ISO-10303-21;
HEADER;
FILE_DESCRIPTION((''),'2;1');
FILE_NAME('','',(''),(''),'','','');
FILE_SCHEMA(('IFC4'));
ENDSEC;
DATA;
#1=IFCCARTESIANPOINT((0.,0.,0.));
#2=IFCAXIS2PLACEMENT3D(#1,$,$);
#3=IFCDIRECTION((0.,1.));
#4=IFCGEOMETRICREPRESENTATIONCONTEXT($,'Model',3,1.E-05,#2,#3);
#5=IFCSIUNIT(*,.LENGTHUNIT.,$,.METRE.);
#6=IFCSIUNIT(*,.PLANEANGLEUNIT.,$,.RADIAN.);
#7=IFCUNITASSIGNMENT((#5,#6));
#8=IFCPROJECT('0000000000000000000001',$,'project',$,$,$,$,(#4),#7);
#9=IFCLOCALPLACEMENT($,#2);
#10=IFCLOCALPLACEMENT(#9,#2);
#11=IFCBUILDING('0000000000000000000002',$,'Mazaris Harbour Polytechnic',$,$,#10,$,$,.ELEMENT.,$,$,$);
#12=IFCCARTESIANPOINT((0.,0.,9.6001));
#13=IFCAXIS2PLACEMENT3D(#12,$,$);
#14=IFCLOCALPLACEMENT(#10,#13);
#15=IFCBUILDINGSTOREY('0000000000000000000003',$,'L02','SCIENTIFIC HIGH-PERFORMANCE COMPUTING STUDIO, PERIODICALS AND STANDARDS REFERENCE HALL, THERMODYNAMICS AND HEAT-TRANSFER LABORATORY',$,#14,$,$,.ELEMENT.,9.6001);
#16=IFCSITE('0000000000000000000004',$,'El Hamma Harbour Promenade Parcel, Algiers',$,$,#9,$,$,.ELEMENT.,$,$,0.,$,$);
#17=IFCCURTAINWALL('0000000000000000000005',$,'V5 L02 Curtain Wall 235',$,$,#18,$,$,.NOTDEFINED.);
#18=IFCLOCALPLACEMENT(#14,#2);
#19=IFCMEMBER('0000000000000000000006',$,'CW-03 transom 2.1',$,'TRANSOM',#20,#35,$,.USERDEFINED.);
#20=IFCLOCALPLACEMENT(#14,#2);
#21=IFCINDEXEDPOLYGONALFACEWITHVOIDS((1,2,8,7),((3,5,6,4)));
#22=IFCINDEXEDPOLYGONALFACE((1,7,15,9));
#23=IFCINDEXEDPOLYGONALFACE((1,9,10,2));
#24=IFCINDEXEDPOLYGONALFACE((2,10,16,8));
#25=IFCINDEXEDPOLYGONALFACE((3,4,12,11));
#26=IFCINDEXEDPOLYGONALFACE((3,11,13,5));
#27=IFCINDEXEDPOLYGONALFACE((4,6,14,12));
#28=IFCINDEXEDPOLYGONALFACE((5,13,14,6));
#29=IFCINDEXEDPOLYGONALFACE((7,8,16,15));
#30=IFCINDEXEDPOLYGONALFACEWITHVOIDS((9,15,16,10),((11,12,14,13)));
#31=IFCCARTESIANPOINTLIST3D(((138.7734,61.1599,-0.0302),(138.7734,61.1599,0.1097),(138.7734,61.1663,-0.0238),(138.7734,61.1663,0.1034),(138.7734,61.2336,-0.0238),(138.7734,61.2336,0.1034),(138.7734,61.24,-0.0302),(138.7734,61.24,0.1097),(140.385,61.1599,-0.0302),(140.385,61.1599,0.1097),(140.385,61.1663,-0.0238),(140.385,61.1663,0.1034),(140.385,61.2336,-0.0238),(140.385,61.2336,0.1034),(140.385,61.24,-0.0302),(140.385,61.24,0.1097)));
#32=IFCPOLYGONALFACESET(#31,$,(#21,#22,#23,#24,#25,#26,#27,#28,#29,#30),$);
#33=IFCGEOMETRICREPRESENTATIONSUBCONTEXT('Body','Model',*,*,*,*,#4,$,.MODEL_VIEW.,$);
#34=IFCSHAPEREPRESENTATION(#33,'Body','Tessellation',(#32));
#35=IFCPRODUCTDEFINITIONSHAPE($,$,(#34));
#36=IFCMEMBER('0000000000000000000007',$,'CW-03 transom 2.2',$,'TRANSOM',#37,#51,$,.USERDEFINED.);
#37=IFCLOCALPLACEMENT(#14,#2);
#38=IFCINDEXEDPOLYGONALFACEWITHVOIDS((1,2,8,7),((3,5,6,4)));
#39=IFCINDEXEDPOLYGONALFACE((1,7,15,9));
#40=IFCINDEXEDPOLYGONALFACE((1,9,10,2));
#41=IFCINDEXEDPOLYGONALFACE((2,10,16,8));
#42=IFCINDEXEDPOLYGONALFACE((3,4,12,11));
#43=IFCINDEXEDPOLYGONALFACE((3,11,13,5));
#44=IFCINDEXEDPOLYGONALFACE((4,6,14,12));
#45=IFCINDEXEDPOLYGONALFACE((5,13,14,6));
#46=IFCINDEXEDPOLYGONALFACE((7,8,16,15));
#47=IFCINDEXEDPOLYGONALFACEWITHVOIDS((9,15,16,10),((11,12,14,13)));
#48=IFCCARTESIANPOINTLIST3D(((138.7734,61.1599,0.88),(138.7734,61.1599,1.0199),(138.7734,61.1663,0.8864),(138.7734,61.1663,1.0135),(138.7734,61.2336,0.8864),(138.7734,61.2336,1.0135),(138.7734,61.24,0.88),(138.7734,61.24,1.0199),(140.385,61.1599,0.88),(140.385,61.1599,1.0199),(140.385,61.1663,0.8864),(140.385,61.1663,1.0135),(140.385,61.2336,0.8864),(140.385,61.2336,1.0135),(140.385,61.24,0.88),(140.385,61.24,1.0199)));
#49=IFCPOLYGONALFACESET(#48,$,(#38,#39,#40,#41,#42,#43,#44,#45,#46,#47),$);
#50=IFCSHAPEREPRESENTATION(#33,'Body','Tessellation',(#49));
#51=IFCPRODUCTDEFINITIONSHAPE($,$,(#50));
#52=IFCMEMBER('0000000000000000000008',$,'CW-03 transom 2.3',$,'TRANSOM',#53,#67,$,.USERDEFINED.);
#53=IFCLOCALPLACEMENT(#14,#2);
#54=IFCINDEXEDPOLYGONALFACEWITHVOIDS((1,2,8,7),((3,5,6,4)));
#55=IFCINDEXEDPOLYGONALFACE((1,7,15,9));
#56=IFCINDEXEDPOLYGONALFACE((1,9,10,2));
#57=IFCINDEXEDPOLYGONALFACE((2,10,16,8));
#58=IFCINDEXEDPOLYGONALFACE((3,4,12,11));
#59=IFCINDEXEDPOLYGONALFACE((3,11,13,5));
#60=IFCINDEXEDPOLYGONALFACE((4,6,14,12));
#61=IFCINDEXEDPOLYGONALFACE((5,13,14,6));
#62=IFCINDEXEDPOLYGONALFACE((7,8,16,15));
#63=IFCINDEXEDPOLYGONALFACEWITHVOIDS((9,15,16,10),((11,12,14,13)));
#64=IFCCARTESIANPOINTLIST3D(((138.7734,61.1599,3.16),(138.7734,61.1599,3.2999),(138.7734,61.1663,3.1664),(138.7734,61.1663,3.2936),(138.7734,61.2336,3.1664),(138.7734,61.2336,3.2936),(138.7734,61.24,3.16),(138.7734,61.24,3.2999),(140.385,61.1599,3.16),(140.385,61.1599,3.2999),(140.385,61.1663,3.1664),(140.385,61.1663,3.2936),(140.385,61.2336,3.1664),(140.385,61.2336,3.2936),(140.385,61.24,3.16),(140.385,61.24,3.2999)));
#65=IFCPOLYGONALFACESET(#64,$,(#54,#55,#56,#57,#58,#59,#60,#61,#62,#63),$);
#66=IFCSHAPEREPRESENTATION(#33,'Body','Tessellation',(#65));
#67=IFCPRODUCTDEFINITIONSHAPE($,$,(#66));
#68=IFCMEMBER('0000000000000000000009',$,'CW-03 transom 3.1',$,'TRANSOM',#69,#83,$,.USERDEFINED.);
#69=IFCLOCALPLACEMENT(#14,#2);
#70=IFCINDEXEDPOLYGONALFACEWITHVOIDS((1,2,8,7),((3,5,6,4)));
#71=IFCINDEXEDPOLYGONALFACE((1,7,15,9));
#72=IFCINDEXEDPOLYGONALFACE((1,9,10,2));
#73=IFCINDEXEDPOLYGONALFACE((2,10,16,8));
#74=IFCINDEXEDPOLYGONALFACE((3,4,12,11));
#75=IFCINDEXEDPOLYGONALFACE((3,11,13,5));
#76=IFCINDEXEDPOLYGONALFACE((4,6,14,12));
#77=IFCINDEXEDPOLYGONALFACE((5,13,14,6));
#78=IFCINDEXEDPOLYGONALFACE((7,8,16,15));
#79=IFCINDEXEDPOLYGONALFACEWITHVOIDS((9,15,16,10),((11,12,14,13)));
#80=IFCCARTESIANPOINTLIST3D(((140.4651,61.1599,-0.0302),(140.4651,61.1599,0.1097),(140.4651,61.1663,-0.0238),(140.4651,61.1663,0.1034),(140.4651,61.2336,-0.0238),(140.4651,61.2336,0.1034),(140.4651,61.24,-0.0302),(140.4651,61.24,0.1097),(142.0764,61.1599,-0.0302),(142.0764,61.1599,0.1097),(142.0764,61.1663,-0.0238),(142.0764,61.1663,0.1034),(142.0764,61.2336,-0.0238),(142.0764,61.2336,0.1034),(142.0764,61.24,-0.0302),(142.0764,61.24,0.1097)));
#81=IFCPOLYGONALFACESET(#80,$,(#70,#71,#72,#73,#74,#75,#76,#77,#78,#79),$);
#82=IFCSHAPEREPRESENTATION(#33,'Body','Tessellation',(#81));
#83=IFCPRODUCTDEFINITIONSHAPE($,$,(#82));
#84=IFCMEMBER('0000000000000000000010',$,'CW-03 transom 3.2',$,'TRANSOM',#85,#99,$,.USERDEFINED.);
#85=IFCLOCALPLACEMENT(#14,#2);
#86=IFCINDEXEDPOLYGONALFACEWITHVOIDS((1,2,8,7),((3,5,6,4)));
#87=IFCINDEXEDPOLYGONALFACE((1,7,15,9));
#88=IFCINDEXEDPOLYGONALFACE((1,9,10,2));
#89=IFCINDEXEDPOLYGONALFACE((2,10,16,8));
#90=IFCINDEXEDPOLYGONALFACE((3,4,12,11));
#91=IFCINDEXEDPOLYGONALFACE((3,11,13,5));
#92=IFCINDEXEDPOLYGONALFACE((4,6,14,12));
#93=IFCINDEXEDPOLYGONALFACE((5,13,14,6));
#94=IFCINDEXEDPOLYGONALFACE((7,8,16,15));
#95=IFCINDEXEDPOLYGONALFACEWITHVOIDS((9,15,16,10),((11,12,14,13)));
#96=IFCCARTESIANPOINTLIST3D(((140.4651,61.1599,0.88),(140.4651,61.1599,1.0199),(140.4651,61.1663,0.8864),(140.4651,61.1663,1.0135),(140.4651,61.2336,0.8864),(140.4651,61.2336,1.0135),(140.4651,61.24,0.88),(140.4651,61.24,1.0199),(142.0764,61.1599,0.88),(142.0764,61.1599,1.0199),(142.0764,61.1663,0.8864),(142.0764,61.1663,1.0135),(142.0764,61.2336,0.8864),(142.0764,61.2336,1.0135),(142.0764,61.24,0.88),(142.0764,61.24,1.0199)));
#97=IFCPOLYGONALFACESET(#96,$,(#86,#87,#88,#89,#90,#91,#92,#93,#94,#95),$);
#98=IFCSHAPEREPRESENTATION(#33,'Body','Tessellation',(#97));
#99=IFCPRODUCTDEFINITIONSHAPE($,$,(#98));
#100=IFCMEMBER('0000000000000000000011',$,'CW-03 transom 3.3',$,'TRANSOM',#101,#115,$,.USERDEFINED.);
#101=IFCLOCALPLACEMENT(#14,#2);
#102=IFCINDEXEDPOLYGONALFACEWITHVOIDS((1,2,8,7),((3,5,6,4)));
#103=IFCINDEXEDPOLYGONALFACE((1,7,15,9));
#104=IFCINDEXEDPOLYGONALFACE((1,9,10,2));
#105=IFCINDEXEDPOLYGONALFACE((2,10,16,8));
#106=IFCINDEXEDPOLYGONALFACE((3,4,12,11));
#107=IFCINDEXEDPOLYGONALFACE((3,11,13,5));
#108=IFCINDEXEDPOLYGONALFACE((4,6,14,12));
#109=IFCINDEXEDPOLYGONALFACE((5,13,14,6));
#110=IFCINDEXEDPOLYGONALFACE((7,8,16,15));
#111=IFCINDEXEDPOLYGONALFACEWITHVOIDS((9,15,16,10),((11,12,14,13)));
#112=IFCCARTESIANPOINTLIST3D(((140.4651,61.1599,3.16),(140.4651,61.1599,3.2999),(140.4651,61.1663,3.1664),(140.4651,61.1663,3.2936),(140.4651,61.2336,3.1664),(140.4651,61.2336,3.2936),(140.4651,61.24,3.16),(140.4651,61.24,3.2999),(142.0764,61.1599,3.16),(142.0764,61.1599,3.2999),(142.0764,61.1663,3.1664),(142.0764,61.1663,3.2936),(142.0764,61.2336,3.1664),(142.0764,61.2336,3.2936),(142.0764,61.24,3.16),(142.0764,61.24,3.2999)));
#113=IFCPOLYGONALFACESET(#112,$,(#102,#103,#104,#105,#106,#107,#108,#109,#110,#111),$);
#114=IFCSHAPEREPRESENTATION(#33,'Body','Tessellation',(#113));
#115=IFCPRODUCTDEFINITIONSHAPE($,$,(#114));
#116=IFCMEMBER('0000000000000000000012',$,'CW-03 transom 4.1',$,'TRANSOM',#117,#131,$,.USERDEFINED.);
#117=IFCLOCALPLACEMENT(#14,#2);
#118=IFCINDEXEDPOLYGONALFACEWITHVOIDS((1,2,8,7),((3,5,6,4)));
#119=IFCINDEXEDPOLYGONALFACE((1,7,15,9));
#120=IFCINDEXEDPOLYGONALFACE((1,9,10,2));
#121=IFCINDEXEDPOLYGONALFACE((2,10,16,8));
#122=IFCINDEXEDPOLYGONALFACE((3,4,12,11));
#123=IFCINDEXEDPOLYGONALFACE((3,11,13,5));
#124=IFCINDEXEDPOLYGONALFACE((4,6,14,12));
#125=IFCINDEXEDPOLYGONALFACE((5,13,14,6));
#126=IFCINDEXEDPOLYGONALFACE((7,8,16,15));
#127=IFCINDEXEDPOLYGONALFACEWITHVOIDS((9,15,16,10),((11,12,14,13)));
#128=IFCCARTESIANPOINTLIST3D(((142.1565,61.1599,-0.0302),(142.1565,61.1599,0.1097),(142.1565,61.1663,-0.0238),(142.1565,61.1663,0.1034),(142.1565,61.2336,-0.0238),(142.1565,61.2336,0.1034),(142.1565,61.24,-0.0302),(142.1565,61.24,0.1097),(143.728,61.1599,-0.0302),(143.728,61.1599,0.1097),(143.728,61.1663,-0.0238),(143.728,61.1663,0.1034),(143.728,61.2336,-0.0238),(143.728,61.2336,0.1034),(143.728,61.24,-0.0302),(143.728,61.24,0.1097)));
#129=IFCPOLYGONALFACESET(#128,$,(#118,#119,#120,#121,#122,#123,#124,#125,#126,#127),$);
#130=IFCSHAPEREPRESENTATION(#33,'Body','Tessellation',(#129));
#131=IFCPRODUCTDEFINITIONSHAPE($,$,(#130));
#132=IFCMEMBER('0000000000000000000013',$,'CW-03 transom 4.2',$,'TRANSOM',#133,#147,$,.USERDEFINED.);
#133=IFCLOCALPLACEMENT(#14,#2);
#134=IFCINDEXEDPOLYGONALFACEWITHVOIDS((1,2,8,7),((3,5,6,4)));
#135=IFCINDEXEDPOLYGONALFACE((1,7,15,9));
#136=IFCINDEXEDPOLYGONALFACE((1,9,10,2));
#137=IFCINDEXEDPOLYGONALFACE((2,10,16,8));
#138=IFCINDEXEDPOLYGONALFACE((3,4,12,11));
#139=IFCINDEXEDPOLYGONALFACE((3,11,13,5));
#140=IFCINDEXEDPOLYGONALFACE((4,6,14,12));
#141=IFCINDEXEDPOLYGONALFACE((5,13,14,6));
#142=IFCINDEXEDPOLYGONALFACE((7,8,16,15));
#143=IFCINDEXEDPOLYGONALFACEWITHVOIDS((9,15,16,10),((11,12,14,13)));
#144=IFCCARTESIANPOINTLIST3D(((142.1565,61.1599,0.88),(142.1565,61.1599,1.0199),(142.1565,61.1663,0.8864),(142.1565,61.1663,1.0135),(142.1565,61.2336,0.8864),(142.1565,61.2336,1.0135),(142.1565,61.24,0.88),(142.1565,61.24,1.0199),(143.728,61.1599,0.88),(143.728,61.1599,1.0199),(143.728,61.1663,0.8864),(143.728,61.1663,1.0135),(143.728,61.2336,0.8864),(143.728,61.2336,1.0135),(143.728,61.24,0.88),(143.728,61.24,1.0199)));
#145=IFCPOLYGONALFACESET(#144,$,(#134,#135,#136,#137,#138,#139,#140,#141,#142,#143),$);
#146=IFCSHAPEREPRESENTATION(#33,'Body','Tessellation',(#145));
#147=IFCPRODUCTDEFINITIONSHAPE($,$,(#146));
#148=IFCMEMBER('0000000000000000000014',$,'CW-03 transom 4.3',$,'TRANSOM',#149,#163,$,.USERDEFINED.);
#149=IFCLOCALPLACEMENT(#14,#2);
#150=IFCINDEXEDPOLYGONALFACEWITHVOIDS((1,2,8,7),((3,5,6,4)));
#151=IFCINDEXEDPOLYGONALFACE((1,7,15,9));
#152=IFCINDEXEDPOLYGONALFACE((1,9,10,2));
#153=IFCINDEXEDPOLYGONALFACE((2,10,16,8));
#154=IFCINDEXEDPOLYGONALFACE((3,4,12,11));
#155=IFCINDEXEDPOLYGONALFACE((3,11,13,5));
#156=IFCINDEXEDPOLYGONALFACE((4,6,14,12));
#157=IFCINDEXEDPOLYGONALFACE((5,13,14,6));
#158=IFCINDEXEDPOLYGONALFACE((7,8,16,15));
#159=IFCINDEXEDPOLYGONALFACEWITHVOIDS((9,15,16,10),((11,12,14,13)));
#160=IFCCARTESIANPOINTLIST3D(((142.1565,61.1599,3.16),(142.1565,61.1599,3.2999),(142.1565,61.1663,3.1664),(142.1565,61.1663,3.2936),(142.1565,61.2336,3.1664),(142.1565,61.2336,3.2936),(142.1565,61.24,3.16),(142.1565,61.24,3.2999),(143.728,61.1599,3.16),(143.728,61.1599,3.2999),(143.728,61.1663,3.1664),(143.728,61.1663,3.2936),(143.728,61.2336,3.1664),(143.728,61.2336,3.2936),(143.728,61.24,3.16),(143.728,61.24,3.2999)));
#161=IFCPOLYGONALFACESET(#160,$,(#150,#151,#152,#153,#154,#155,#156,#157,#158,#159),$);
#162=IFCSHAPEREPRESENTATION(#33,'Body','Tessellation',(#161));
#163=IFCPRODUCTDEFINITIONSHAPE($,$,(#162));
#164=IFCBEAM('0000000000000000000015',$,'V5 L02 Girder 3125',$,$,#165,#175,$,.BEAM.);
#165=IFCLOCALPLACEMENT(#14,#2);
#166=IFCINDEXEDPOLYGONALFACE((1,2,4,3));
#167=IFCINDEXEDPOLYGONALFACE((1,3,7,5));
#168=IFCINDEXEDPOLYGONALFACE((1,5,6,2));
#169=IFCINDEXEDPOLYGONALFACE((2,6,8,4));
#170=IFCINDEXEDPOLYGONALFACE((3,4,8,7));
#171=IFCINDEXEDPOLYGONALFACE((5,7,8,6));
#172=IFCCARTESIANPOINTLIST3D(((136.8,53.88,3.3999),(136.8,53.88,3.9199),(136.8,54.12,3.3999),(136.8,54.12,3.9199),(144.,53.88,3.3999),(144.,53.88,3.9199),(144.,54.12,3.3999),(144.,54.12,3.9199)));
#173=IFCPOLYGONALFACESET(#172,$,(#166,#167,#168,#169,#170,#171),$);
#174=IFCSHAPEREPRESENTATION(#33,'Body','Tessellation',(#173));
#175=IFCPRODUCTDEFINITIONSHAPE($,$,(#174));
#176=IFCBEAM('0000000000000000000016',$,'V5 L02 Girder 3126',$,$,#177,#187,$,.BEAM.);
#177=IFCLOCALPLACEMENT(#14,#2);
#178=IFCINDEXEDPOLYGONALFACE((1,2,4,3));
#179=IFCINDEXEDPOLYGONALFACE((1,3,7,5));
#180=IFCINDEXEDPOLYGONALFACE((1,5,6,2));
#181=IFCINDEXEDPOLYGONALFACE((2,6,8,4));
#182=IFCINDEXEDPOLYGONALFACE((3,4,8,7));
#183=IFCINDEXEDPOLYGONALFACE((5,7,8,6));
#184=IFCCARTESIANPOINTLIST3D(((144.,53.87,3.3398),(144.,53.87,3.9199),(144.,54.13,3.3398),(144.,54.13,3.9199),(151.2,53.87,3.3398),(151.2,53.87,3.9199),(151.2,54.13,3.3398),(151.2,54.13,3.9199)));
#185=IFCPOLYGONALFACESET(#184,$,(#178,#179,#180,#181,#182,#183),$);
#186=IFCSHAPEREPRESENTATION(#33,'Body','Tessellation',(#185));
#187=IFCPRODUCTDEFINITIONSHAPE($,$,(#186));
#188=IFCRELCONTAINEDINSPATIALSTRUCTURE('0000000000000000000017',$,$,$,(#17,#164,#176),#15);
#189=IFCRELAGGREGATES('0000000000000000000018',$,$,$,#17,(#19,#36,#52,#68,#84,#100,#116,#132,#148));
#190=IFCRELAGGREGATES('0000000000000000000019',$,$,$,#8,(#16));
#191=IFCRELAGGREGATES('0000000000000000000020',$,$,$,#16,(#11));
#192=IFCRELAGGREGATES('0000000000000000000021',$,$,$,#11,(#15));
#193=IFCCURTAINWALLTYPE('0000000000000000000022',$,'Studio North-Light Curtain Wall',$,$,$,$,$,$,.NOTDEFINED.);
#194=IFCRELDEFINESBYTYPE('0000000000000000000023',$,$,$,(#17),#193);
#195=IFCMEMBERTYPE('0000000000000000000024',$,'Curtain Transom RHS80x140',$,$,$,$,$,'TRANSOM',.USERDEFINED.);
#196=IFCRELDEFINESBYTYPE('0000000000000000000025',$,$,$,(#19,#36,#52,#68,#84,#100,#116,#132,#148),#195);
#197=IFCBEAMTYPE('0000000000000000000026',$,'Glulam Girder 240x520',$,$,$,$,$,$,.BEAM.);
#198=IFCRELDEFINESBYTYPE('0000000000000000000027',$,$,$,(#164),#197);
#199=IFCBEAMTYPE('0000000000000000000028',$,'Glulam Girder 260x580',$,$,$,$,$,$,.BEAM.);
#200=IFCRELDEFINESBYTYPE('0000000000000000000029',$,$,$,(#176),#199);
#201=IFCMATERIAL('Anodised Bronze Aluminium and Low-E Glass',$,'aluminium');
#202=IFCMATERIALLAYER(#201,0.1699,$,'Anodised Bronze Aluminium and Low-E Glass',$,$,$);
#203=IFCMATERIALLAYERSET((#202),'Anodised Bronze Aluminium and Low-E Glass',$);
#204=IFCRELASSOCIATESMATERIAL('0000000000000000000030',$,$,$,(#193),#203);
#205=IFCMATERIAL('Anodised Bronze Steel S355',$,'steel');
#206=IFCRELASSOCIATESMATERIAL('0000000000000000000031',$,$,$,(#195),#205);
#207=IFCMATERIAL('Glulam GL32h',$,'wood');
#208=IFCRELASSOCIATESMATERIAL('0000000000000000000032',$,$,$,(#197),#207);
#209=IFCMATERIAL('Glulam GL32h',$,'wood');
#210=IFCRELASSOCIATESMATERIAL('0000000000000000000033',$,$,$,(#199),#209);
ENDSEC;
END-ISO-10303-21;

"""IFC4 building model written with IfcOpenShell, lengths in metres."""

from ifc_helpers import new_model, si_unit, direction, frame, origin, origin_2d, place, context, subcontext, project, spatial, rectangle, hollow_rectangle, extrude, material, layer, layer_set, material_profile, profile_set, type_object, element, aggregate, save


model = new_model("IFC4")

# Units and contexts
model_context = context("Model", 3, precision=1e-05, world=origin(), true_north=direction((0.0, 1.0)))
body_context = subcontext(model_context, "Body", "Model", "MODEL_VIEW")
ifc_project = project(units=[si_unit("LENGTHUNIT", "METRE"), si_unit("PLANEANGLEUNIT", "RADIAN")], contexts=[model_context])

# Site, building, storey
site_placement = place(None, origin())
site = spatial("IfcSite", under=ifc_project, at=site_placement, Name="El Hamma Harbour Promenade Parcel, Algiers", CompositionType="ELEMENT", RefElevation=0.0)
building_placement = place(site_placement, origin())
building = spatial("IfcBuilding", under=site, at=building_placement, Name="Mazaris Harbour Polytechnic", CompositionType="ELEMENT")
storey_placement = place(building_placement, frame((0.0, 0.0, 9.6001)))
storey = spatial("IfcBuildingStorey", under=building, at=storey_placement, Name="L02", Description="SCIENTIFIC HIGH-PERFORMANCE COMPUTING STUDIO, PERIODICALS AND STANDARDS REFERENCE HALL, THERMODYNAMICS AND HEAT-TRANSFER LABORATORY", CompositionType="ELEMENT", Elevation=9.6001)

# Curtain wall, members
ifc_material_1 = material(Name="Anodised Bronze Aluminium and Low-E Glass", Category="aluminium")
ifc_layer_1 = layer(ifc_material_1, 0.1699, Name="Anodised Bronze Aluminium and Low-E Glass")
ifc_layer_set_1 = layer_set([ifc_layer_1], Name="Anodised Bronze Aluminium and Low-E Glass")
curtain_wall_type = type_object("IfcCurtainWallType", Name="Studio North-Light Curtain Wall", PredefinedType="NOTDEFINED", material=ifc_layer_set_1)
curtain_wall_placement = place(storey_placement, origin())
curtain_wall = element("IfcCurtainWall", 1, at=curtain_wall_placement, inside=storey, type_object=curtain_wall_type, Name="V5 L02 Curtain Wall 235", PredefinedType="NOTDEFINED")
ifc_material_2 = material(Name="Anodised Bronze Steel S355", Category="steel")
ifc_material_profile_1 = material_profile(ifc_material_2, hollow_rectangle(XDim=0.0801, YDim=0.1399, WallThickness=0.0063, at=origin_2d()), Name="RHS 80x140x6.3")
ifc_profile_set_1 = profile_set([ifc_material_profile_1], Name="Anodised Bronze Steel S355")
member_type_1 = type_object("IfcMemberType", Name="Curtain Transom RHS80x140", ElementType="TRANSOM", PredefinedType="USERDEFINED", material=ifc_profile_set_1)
member_1_placement = place(storey_placement, frame((138.7734, 61.2, 0.0398), z_axis=(1.0, 0.0, 0.0), x_axis=(0.0, 1.0, 0.0)))
member_1 = element("IfcMember", 2, at=member_1_placement, type_object=member_type_1, Name="CW-03 transom 2.1", ObjectType="TRANSOM", PredefinedType="USERDEFINED", context=body_context, shape_type="SweptSolid", body=[
    extrude(hollow_rectangle(XDim=0.0801, YDim=0.1399, WallThickness=0.0063, at=origin_2d()), origin(), (0.0, 0.0, 1.0), 1.6116),
])
member_2_placement = place(storey_placement, frame((138.7734, 61.2, 0.95), z_axis=(1.0, 0.0, 0.0), x_axis=(0.0, 1.0, 0.0)))
member_2 = element("IfcMember", 3, at=member_2_placement, type_object=member_type_1, Name="CW-03 transom 2.2", ObjectType="TRANSOM", PredefinedType="USERDEFINED", context=body_context, shape_type="SweptSolid", body=[
    extrude(hollow_rectangle(XDim=0.0801, YDim=0.1399, WallThickness=0.0063, at=origin_2d()), origin(), (0.0, 0.0, 1.0), 1.6116),
])
member_3_placement = place(storey_placement, frame((138.7734, 61.2, 3.23), z_axis=(1.0, 0.0, 0.0), x_axis=(0.0, 1.0, 0.0)))
member_3 = element("IfcMember", 4, at=member_3_placement, type_object=member_type_1, Name="CW-03 transom 2.3", ObjectType="TRANSOM", PredefinedType="USERDEFINED", context=body_context, shape_type="SweptSolid", body=[
    extrude(hollow_rectangle(XDim=0.0801, YDim=0.1399, WallThickness=0.0063, at=origin_2d()), origin(), (0.0, 0.0, 1.0), 1.6116),
])
member_4_placement = place(storey_placement, frame((140.4651, 61.2, 0.0398), z_axis=(1.0, 0.0, 0.0), x_axis=(0.0, 1.0, 0.0)))
member_4 = element("IfcMember", 5, at=member_4_placement, type_object=member_type_1, Name="CW-03 transom 3.1", ObjectType="TRANSOM", PredefinedType="USERDEFINED", context=body_context, shape_type="SweptSolid", body=[
    extrude(hollow_rectangle(XDim=0.0801, YDim=0.1399, WallThickness=0.0063, at=origin_2d()), origin(), (0.0, 0.0, 1.0), 1.6113),
])
member_5_placement = place(storey_placement, frame((140.4651, 61.2, 0.95), z_axis=(1.0, 0.0, 0.0), x_axis=(0.0, 1.0, 0.0)))
member_5 = element("IfcMember", 6, at=member_5_placement, type_object=member_type_1, Name="CW-03 transom 3.2", ObjectType="TRANSOM", PredefinedType="USERDEFINED", context=body_context, shape_type="SweptSolid", body=[
    extrude(hollow_rectangle(XDim=0.0801, YDim=0.1399, WallThickness=0.0063, at=origin_2d()), origin(), (0.0, 0.0, 1.0), 1.6113),
])
member_6_placement = place(storey_placement, frame((140.4651, 61.2, 3.23), z_axis=(1.0, 0.0, 0.0), x_axis=(0.0, 1.0, 0.0)))
member_6 = element("IfcMember", 7, at=member_6_placement, type_object=member_type_1, Name="CW-03 transom 3.3", ObjectType="TRANSOM", PredefinedType="USERDEFINED", context=body_context, shape_type="SweptSolid", body=[
    extrude(hollow_rectangle(XDim=0.0801, YDim=0.1399, WallThickness=0.0063, at=origin_2d()), origin(), (0.0, 0.0, 1.0), 1.6113),
])
member_7_placement = place(storey_placement, frame((142.1565, 61.2, 0.0398), z_axis=(1.0, 0.0, 0.0), x_axis=(0.0, 1.0, 0.0)))
member_7 = element("IfcMember", 8, at=member_7_placement, type_object=member_type_1, Name="CW-03 transom 4.1", ObjectType="TRANSOM", PredefinedType="USERDEFINED", context=body_context, shape_type="SweptSolid", body=[
    extrude(hollow_rectangle(XDim=0.0801, YDim=0.1399, WallThickness=0.0063, at=origin_2d()), origin(), (0.0, 0.0, 1.0), 1.5715),
])
member_8_placement = place(storey_placement, frame((142.1565, 61.2, 0.95), z_axis=(1.0, 0.0, 0.0), x_axis=(0.0, 1.0, 0.0)))
member_8 = element("IfcMember", 9, at=member_8_placement, type_object=member_type_1, Name="CW-03 transom 4.2", ObjectType="TRANSOM", PredefinedType="USERDEFINED", context=body_context, shape_type="SweptSolid", body=[
    extrude(hollow_rectangle(XDim=0.0801, YDim=0.1399, WallThickness=0.0063, at=origin_2d()), origin(), (0.0, 0.0, 1.0), 1.5715),
])
member_9_placement = place(storey_placement, frame((142.1565, 61.2, 3.23), z_axis=(1.0, 0.0, 0.0), x_axis=(0.0, 1.0, 0.0)))
member_9 = element("IfcMember", 10, at=member_9_placement, type_object=member_type_1, Name="CW-03 transom 4.3", ObjectType="TRANSOM", PredefinedType="USERDEFINED", context=body_context, shape_type="SweptSolid", body=[
    extrude(hollow_rectangle(XDim=0.0801, YDim=0.1399, WallThickness=0.0063, at=origin_2d()), origin(), (0.0, 0.0, 1.0), 1.5715),
])

# Beams
ifc_material_3 = material(Name="Glulam GL32h", Category="wood")
ifc_material_profile_2 = material_profile(ifc_material_3, rectangle(XDim=0.24, YDim=0.52, at=origin_2d()), Name="RECT240x520")
ifc_profile_set_2 = profile_set([ifc_material_profile_2], Name="Glulam GL32h")
beam_type_1 = type_object("IfcBeamType", Name="Glulam Girder 240x520", PredefinedType="BEAM", material=ifc_profile_set_2)
beam_1_placement = place(storey_placement, frame((136.8, 54.0, 3.6599), z_axis=(1.0, 0.0, 0.0), x_axis=(0.0, 1.0, 0.0)))
element("IfcBeam", 11, at=beam_1_placement, inside=storey, type_object=beam_type_1, Name="V5 L02 Girder 3125", PredefinedType="BEAM", context=body_context, shape_type="SweptSolid", body=[
    extrude(rectangle(XDim=0.24, YDim=0.52, at=origin_2d()), origin(), (0.0, 0.0, 1.0), 7.2),
])
ifc_material_4 = material(Name="Glulam GL32h", Category="wood")
ifc_material_profile_3 = material_profile(ifc_material_4, rectangle(XDim=0.26, YDim=0.5801, at=origin_2d()), Name="RECT260x580")
ifc_profile_set_3 = profile_set([ifc_material_profile_3], Name="Glulam GL32h")
beam_type_2 = type_object("IfcBeamType", Name="Glulam Girder 260x580", PredefinedType="BEAM", material=ifc_profile_set_3)
for number, where, z_axis, x_axis, name in (
    (12, (144.0, 54.0, 3.6299), (1.0, 0.0, 0.0), (0.0, 1.0, 0.0), "V5 L02 Girder 3126"),
):
    element("IfcBeam", number, at=place(storey_placement, frame(where, z_axis=z_axis, x_axis=x_axis)), inside=storey, type_object=beam_type_2, Name=name, PredefinedType="BEAM", context=body_context, shape_type="SweptSolid", body=[
        extrude(rectangle(XDim=0.26, YDim=0.5801, at=origin_2d()), origin(), (0.0, 0.0, 1.0), 7.2),
    ])

aggregate(curtain_wall, [member_1, member_2, member_3, member_4, member_5, member_6, member_7, member_8, member_9])

save(model, "model.ifc")
